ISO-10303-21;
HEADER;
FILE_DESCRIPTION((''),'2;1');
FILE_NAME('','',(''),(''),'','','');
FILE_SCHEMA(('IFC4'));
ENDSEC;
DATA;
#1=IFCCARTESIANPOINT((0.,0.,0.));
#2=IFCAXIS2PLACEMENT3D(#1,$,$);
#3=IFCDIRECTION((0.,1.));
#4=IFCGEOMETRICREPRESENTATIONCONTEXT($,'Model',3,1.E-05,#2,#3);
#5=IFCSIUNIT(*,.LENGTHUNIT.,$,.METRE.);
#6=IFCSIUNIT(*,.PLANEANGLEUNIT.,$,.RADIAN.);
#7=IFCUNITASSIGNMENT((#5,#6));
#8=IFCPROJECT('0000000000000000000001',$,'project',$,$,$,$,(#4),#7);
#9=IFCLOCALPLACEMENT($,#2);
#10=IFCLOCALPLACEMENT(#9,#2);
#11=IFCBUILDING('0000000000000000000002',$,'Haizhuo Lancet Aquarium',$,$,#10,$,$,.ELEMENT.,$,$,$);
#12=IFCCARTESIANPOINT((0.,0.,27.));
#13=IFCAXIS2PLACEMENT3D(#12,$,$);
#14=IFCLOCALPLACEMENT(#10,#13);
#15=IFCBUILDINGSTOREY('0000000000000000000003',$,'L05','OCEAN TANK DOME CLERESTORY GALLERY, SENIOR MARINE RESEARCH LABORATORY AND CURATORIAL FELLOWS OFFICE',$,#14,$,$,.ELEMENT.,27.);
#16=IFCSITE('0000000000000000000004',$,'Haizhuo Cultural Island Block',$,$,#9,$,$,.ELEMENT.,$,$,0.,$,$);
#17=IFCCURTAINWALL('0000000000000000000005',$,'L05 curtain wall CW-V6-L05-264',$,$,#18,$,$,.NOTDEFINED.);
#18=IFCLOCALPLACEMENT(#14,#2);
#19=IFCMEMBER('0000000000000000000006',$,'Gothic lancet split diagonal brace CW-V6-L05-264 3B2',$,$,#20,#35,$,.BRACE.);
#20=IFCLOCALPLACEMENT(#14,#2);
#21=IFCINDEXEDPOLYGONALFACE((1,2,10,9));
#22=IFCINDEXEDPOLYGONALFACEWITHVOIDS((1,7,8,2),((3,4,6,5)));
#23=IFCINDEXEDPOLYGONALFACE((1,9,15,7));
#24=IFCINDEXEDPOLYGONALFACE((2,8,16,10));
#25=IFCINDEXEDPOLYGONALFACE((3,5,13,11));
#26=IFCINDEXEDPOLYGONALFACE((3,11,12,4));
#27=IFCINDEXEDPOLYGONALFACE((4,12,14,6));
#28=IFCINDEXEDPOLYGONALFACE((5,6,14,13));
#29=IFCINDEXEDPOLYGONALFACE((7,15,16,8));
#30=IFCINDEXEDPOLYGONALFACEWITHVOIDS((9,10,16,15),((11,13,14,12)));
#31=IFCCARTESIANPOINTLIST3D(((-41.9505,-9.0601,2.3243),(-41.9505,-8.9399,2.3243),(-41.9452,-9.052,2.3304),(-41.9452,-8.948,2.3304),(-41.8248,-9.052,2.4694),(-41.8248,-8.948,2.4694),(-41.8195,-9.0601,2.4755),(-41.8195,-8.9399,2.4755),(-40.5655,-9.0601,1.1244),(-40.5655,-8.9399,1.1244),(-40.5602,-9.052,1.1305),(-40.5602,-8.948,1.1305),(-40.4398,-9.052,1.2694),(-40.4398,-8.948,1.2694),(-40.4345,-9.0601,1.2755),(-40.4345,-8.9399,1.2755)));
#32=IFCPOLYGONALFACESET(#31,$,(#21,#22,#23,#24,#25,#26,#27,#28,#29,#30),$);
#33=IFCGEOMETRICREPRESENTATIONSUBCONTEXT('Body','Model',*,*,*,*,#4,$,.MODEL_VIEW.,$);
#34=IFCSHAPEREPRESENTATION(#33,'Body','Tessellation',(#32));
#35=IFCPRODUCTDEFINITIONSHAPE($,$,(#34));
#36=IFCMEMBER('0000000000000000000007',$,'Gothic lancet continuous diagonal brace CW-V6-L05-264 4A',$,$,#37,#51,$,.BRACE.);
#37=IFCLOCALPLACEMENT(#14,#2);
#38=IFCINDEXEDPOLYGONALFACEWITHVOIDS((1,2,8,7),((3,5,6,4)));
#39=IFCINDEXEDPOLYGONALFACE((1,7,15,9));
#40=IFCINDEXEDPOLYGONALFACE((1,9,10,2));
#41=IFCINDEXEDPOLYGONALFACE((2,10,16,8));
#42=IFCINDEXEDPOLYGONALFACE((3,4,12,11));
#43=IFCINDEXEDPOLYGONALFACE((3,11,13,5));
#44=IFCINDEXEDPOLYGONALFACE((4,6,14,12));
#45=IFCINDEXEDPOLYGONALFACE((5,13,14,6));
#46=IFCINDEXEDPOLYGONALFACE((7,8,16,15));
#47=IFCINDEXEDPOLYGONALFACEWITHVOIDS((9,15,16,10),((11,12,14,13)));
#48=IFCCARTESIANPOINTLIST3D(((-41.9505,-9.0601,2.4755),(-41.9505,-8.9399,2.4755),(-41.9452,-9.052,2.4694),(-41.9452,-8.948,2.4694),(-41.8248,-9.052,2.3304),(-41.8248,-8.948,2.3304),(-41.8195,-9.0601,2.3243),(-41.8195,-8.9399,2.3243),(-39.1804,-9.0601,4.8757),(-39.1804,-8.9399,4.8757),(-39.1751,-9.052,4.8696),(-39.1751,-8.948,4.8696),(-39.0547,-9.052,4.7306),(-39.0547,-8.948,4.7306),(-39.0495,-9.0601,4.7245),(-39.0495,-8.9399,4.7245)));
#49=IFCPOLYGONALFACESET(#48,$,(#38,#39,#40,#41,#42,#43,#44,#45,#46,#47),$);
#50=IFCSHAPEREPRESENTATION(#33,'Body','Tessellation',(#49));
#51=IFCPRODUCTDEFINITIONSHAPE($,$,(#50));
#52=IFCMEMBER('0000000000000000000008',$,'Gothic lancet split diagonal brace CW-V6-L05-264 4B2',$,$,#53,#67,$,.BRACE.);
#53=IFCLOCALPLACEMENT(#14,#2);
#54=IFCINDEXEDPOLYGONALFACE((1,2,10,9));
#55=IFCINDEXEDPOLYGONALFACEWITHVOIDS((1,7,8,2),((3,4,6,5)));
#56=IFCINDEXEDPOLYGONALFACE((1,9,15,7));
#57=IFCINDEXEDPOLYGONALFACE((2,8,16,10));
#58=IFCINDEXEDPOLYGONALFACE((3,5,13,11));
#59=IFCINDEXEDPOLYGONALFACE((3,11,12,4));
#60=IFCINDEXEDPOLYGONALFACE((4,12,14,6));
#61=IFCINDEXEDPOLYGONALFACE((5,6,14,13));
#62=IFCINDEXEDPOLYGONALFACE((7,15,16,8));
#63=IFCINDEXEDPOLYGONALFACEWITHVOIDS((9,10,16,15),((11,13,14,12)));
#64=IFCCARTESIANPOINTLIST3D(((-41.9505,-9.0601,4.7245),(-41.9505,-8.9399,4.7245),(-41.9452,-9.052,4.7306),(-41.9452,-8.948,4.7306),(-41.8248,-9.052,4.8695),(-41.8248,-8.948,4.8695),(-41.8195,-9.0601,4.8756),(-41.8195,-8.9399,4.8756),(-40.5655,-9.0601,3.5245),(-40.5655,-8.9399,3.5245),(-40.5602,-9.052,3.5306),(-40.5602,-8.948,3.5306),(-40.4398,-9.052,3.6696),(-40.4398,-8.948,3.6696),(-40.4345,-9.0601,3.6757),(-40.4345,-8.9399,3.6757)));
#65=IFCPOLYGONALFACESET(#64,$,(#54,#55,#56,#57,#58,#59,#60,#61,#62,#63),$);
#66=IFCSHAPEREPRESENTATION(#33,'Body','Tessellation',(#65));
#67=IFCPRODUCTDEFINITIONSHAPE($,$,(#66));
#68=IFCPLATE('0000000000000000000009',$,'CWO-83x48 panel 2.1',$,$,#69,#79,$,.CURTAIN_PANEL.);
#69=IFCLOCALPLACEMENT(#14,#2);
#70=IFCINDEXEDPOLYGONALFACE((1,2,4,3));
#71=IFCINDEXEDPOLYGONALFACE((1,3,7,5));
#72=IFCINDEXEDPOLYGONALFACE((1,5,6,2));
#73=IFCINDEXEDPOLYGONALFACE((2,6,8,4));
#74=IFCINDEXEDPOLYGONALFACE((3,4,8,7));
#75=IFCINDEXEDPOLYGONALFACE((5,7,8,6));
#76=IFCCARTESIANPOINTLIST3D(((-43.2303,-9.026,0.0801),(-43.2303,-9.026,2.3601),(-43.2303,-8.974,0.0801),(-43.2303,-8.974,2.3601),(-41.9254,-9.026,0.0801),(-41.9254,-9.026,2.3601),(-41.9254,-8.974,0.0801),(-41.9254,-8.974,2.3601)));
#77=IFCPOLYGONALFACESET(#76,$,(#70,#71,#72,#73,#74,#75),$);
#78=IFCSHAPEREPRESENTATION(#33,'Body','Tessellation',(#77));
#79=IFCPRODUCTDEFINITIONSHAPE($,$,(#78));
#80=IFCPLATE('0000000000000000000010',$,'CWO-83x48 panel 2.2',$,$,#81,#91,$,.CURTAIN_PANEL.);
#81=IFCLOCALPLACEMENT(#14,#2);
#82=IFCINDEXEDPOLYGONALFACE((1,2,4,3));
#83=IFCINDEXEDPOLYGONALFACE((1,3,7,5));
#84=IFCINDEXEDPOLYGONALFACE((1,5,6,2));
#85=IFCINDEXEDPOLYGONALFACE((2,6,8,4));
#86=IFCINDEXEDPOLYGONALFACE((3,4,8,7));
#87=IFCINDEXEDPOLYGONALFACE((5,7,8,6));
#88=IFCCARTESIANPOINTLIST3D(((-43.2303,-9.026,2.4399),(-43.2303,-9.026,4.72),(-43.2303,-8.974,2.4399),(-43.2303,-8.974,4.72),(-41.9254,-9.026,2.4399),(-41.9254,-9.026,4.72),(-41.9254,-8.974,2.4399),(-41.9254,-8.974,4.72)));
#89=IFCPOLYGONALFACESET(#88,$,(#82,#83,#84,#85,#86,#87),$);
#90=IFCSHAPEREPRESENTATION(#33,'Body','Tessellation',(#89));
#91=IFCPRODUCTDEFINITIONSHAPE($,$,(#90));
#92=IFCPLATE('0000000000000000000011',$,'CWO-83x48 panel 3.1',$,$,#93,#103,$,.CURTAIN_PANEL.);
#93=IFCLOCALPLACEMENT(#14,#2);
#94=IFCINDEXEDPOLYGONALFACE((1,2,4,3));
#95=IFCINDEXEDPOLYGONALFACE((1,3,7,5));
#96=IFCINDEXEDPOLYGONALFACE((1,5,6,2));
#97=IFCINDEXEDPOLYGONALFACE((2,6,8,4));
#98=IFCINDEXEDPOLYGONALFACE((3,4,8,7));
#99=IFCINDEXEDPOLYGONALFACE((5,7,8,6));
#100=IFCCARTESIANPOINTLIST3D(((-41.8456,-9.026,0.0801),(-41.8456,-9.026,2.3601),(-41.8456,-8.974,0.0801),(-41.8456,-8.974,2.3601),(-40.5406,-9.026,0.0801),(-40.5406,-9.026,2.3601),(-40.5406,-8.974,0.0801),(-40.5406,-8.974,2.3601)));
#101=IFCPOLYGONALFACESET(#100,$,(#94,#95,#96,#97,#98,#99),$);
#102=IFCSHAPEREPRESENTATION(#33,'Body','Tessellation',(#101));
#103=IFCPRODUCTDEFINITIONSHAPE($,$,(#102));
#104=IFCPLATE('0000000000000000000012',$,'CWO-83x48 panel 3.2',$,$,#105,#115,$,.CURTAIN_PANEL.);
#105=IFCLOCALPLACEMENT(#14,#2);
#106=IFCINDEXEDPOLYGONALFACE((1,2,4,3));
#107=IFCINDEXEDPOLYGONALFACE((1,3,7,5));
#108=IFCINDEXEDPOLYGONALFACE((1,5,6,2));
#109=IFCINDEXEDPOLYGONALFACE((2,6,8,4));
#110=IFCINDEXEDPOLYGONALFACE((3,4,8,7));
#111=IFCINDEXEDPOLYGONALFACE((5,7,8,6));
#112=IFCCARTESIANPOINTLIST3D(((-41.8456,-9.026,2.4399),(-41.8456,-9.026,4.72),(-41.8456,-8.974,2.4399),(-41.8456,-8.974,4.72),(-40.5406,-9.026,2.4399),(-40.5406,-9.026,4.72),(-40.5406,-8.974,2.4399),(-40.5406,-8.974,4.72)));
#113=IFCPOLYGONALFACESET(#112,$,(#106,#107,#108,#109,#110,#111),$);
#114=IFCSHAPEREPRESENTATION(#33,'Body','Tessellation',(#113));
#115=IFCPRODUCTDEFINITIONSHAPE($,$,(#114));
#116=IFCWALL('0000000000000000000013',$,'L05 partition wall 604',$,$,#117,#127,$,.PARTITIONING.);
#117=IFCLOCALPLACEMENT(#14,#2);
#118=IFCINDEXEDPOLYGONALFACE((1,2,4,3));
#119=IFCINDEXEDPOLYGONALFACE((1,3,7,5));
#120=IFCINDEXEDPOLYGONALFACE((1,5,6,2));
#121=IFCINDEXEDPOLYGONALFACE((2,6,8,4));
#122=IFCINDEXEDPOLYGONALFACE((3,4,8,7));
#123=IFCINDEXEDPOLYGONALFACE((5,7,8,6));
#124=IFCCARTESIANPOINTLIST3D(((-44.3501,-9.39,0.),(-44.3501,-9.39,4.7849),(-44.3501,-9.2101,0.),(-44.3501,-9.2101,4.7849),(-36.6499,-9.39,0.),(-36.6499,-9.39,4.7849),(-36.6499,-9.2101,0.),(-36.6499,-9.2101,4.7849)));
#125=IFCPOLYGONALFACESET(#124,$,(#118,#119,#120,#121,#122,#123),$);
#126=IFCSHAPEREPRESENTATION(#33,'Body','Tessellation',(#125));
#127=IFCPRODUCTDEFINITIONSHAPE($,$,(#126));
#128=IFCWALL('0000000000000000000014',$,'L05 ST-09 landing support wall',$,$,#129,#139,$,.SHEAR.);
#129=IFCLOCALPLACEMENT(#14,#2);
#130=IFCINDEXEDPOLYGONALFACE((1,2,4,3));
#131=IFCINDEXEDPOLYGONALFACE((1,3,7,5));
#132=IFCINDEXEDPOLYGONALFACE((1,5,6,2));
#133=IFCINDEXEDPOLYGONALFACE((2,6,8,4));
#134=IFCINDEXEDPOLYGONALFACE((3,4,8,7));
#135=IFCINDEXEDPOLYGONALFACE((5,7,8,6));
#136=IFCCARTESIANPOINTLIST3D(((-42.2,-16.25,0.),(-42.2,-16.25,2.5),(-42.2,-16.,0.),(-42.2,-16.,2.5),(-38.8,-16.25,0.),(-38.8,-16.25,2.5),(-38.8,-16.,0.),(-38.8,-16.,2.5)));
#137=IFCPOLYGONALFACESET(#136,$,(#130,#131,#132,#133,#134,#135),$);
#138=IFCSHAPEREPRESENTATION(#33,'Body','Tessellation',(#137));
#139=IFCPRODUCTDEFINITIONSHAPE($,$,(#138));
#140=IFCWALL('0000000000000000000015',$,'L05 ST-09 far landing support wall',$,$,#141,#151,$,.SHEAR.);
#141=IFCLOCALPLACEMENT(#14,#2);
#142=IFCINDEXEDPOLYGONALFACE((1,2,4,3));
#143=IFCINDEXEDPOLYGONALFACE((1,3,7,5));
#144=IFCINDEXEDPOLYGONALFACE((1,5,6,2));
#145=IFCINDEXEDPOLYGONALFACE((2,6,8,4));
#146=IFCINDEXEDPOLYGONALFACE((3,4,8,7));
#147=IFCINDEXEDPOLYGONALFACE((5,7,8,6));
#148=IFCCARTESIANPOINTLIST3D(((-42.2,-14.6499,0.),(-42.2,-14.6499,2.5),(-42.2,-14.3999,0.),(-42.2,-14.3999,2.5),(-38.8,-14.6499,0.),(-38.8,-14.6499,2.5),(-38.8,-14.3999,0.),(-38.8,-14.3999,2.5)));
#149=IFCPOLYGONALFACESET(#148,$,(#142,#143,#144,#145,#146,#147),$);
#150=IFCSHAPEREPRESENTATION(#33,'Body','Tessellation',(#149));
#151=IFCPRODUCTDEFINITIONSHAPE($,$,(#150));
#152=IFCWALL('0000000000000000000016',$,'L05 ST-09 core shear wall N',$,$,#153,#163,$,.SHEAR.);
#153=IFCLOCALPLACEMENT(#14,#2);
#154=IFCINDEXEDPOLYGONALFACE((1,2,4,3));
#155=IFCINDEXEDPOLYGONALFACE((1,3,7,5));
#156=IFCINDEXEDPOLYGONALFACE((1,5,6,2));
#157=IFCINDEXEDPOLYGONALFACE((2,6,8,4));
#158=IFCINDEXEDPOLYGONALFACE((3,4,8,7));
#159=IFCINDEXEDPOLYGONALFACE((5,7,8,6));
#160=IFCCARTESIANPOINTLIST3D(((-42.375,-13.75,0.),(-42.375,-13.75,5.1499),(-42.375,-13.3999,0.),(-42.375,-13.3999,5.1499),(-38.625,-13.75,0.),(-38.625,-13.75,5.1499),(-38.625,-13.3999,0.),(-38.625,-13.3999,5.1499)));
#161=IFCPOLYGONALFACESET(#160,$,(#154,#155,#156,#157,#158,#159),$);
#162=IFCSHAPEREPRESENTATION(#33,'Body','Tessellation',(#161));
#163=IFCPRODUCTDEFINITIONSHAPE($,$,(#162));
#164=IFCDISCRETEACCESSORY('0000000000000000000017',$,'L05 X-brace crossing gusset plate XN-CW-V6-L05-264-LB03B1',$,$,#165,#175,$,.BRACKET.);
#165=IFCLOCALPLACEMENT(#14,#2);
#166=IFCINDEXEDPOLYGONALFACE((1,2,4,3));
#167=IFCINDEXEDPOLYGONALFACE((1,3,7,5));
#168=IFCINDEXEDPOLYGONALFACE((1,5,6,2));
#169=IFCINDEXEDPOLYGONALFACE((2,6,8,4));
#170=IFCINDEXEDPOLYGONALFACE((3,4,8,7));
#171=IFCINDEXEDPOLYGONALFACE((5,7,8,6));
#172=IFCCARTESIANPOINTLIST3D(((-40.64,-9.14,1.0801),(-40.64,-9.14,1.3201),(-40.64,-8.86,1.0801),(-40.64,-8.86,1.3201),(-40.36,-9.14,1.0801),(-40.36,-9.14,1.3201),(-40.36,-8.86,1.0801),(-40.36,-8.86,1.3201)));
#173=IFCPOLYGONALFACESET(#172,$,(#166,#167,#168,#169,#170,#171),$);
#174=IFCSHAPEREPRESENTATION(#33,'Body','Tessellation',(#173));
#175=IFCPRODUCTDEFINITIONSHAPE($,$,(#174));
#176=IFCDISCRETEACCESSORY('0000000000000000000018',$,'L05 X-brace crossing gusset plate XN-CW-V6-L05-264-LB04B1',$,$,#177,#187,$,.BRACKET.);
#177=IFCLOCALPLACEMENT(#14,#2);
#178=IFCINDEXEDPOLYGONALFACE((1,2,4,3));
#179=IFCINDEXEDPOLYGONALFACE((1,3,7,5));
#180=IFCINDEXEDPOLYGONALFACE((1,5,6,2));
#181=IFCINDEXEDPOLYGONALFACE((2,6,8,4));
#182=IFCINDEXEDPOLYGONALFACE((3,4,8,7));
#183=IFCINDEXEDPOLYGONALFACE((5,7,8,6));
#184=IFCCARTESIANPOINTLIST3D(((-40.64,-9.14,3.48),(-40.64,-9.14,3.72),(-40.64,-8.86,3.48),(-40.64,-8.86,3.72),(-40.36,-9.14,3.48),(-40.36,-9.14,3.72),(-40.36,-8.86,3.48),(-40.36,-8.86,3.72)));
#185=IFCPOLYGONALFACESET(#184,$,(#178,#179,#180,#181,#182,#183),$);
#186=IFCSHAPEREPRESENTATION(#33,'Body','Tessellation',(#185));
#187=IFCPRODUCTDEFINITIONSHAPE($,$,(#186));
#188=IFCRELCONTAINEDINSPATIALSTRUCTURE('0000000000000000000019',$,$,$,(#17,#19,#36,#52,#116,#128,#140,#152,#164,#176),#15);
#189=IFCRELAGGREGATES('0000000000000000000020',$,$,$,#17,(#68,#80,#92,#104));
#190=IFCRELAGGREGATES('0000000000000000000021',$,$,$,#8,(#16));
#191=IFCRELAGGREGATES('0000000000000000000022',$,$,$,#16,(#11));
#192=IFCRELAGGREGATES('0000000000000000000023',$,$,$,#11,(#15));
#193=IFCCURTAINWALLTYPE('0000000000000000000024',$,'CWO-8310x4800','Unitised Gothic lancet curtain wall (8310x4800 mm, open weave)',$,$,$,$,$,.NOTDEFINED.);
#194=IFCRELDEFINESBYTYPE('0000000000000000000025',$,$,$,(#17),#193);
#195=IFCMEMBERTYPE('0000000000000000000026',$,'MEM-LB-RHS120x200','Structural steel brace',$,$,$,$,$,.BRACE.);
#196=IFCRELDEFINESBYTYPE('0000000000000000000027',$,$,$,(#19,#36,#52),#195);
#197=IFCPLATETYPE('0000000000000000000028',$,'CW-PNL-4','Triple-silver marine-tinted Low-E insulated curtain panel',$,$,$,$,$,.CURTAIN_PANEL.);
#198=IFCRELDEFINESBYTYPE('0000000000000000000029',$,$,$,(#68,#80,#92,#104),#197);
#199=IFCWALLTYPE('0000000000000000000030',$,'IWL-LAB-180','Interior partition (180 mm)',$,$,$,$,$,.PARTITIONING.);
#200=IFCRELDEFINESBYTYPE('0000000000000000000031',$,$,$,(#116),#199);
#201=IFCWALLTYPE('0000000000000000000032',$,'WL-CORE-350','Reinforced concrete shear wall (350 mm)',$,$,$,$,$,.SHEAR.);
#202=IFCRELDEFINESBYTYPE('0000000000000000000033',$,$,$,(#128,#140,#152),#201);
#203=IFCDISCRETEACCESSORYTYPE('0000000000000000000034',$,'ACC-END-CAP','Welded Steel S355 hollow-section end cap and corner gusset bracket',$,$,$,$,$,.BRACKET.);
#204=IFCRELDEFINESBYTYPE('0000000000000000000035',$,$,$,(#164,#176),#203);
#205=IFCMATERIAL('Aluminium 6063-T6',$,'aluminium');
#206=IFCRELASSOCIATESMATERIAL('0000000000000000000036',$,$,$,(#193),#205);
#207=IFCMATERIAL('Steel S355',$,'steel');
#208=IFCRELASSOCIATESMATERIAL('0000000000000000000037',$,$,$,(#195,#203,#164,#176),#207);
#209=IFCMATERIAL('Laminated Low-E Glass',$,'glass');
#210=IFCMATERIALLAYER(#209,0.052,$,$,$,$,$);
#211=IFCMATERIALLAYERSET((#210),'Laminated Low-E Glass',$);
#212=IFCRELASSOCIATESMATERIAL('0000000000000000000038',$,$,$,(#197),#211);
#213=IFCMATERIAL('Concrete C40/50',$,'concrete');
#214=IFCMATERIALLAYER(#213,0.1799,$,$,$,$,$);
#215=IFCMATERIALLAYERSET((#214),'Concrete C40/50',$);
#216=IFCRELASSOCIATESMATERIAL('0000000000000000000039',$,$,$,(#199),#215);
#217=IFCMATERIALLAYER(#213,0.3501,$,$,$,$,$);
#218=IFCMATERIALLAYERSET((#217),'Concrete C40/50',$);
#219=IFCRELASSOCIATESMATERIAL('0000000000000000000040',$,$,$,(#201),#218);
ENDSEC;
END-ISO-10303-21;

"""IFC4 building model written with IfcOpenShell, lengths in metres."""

from ifc_helpers import new_model, si_unit, direction, frame, frame_2d, origin, origin_2d, place, context, subcontext, project, spatial, rectangle, hollow_rectangle, extrude, material, layer, layer_set, material_profile, profile_set, type_object, element, aggregate, save


model = new_model("IFC4")

# Units and contexts
model_context = context("Model", 3, precision=1e-05, world=origin(), true_north=direction((0.0, 1.0)))
body_context = subcontext(model_context, "Body", "Model", "MODEL_VIEW")
ifc_project = project(units=[si_unit("LENGTHUNIT", "METRE"), si_unit("PLANEANGLEUNIT", "RADIAN")], contexts=[model_context])

# Site, building, storey
site_placement = place(None, origin())
site = spatial("IfcSite", under=ifc_project, at=site_placement, Name="Haizhuo Cultural Island Block", CompositionType="ELEMENT", RefElevation=0.0)
building_placement = place(site_placement, origin())
building = spatial("IfcBuilding", under=site, at=building_placement, Name="Haizhuo Lancet Aquarium", CompositionType="ELEMENT")
storey_placement = place(building_placement, frame((0.0, 0.0, 27.0)))
storey = spatial("IfcBuildingStorey", under=building, at=storey_placement, Name="L05", Description="OCEAN TANK DOME CLERESTORY GALLERY, SENIOR MARINE RESEARCH LABORATORY AND CURATORIAL FELLOWS OFFICE", CompositionType="ELEMENT", Elevation=27.0)

# Curtain wall
ifc_material_1 = material(Name="Aluminium 6063-T6", Category="aluminium")
curtain_wall_type = type_object("IfcCurtainWallType", Name="CWO-8310x4800", Description="Unitised Gothic lancet curtain wall (8310x4800 mm, open weave)", PredefinedType="NOTDEFINED", material=ifc_material_1)
curtain_wall_placement = place(storey_placement, origin())
curtain_wall = element("IfcCurtainWall", 1, at=curtain_wall_placement, inside=storey, type_object=curtain_wall_type, Name="L05 curtain wall CW-V6-L05-264", PredefinedType="NOTDEFINED")

# Members
ifc_material_2 = material(Name="Steel S355", Category="steel")
ifc_material_profile_1 = material_profile(ifc_material_2, hollow_rectangle(XDim=0.1201, YDim=0.2, WallThickness=0.0081, at=origin_2d()), Name="RHS 120x200x8")
ifc_profile_set_1 = profile_set([ifc_material_profile_1], Name="Steel S355")
member_type_1 = type_object("IfcMemberType", Name="MEM-LB-RHS120x200", Description="Structural steel brace", PredefinedType="BRACE", material=ifc_profile_set_1)
member_1_placement = place(storey_placement, frame((-40.5, -9.0, 1.2), z_axis=(-0.755795, 0.0, 0.654809), x_axis=(0.0, -1.0, 0.0)))
element("IfcMember", 2, at=member_1_placement, inside=storey, type_object=member_type_1, Name="Gothic lancet split diagonal brace CW-V6-L05-264 3B2", PredefinedType="BRACE", context=body_context, shape_type="SweptSolid", body=[
    extrude(hollow_rectangle(XDim=0.1201, YDim=0.2, WallThickness=0.0081, at=origin_2d()), origin(), (0.0, 0.0, 1.0), 1.8325),
])
member_2_placement = place(storey_placement, frame((-41.885, -9.0, 2.3999), z_axis=(0.755762, 0.0, 0.654847), x_axis=(0.0, 1.0, 0.0)))
element("IfcMember", 3, at=member_2_placement, inside=storey, type_object=member_type_1, Name="Gothic lancet continuous diagonal brace CW-V6-L05-264 4A", PredefinedType="BRACE", context=body_context, shape_type="SweptSolid", body=[
    extrude(hollow_rectangle(XDim=0.1201, YDim=0.2, WallThickness=0.0081, at=origin_2d()), origin(), (0.0, 0.0, 1.0), 3.6653),
])
member_3_placement = place(storey_placement, frame((-40.5, -9.0, 3.6001), z_axis=(-0.755795, 0.0, 0.654809), x_axis=(0.0, -1.0, 0.0)))
element("IfcMember", 4, at=member_3_placement, inside=storey, type_object=member_type_1, Name="Gothic lancet split diagonal brace CW-V6-L05-264 4B2", PredefinedType="BRACE", context=body_context, shape_type="SweptSolid", body=[
    extrude(hollow_rectangle(XDim=0.1201, YDim=0.2, WallThickness=0.0081, at=origin_2d()), origin(), (0.0, 0.0, 1.0), 1.8325),
])

# Plates
ifc_material_3 = material(Name="Laminated Low-E Glass", Category="glass")
ifc_layer_1 = layer(ifc_material_3, 0.052)
ifc_layer_set_1 = layer_set([ifc_layer_1], Name="Laminated Low-E Glass")
plate_type = type_object("IfcPlateType", Name="CW-PNL-4", Description="Triple-silver marine-tinted Low-E insulated curtain panel", PredefinedType="CURTAIN_PANEL", material=ifc_layer_set_1)
plate_1_placement = place(storey_placement, frame((-42.5779, -9.0, 0.0801), z_axis=(0.0, 0.0, 1.0), x_axis=(1.0, 0.0, 0.0)))
plate_1 = element("IfcPlate", 5, at=plate_1_placement, type_object=plate_type, Name="CWO-83x48 panel 2.1", PredefinedType="CURTAIN_PANEL", context=body_context, shape_type="SweptSolid", body=[
    extrude(rectangle(XDim=1.3049, YDim=0.052, at=origin_2d()), origin(), (0.0, 0.0, 1.0), 2.28),
])
plate_2_placement = place(storey_placement, frame((-42.5779, -9.0, 2.4399), z_axis=(0.0, 0.0, 1.0), x_axis=(1.0, 0.0, 0.0)))
plate_2 = element("IfcPlate", 6, at=plate_2_placement, type_object=plate_type, Name="CWO-83x48 panel 2.2", PredefinedType="CURTAIN_PANEL", context=body_context, shape_type="SweptSolid", body=[
    extrude(rectangle(XDim=1.3049, YDim=0.052, at=origin_2d()), origin(), (0.0, 0.0, 1.0), 2.28),
])
plate_3_placement = place(storey_placement, frame((-41.1931, -9.0, 0.0801), z_axis=(0.0, 0.0, 1.0), x_axis=(1.0, 0.0, 0.0)))
plate_3 = element("IfcPlate", 7, at=plate_3_placement, type_object=plate_type, Name="CWO-83x48 panel 3.1", PredefinedType="CURTAIN_PANEL", context=body_context, shape_type="SweptSolid", body=[
    extrude(rectangle(XDim=1.3049, YDim=0.052, at=origin_2d()), origin(), (0.0, 0.0, 1.0), 2.28),
])
plate_4_placement = place(storey_placement, frame((-41.1931, -9.0, 2.4399), z_axis=(0.0, 0.0, 1.0), x_axis=(1.0, 0.0, 0.0)))
plate_4 = element("IfcPlate", 8, at=plate_4_placement, type_object=plate_type, Name="CWO-83x48 panel 3.2", PredefinedType="CURTAIN_PANEL", context=body_context, shape_type="SweptSolid", body=[
    extrude(rectangle(XDim=1.3049, YDim=0.052, at=origin_2d()), origin(), (0.0, 0.0, 1.0), 2.28),
])
aggregate(curtain_wall, [plate_1, plate_2, plate_3, plate_4])

# Walls
ifc_material_4 = material(Name="Concrete C40/50", Category="concrete")
ifc_layer_2 = layer(ifc_material_4, 0.1799)
ifc_layer_set_2 = layer_set([ifc_layer_2], Name="Concrete C40/50")
wall_type_1 = type_object("IfcWallType", Name="IWL-LAB-180", Description="Interior partition (180 mm)", PredefinedType="PARTITIONING", material=ifc_layer_set_2)
wall_1_placement = place(storey_placement, frame((-36.6499, -9.3, 0.0), z_axis=(0.0, 0.0, 1.0), x_axis=(-1.0, 0.0, 0.0)))
element("IfcWall", 9, at=wall_1_placement, inside=storey, type_object=wall_type_1, Name="L05 partition wall 604", PredefinedType="PARTITIONING", context=body_context, shape_type="SweptSolid", body=[
    extrude(rectangle(XDim=7.7002, YDim=0.1799, at=frame_2d((3.8501, 0.0))), origin(), (0.0, 0.0, 1.0), 4.7849),
])
ifc_layer_3 = layer(ifc_material_4, 0.3501)
ifc_layer_set_3 = layer_set([ifc_layer_3], Name="Concrete C40/50")
wall_type_2 = type_object("IfcWallType", Name="WL-CORE-350", Description="Reinforced concrete shear wall (350 mm)", PredefinedType="SHEAR", material=ifc_layer_set_3)
for number, where, z_axis, x_axis, name in (
    (10, (-42.2, -16.125, 0.0), (0.0, 0.0, 1.0), (1.0, 0.0, 0.0), "L05 ST-09 landing support wall"),
    (11, (-42.2, -14.5249, 0.0), (0.0, 0.0, 1.0), (1.0, 0.0, 0.0), "L05 ST-09 far landing support wall"),
):
    element("IfcWall", number, at=place(storey_placement, frame(where, z_axis=z_axis, x_axis=x_axis)), inside=storey, type_object=wall_type_2, Name=name, PredefinedType="SHEAR", context=body_context, shape_type="SweptSolid", body=[
        extrude(rectangle(XDim=3.3999, YDim=0.25, at=frame_2d((1.7, 0.0))), origin(), (0.0, 0.0, 1.0), 2.5),
    ])
wall_2_placement = place(storey_placement, frame((-42.375, -13.575, 0.0), z_axis=(0.0, 0.0, 1.0), x_axis=(1.0, 0.0, 0.0)))
element("IfcWall", 12, at=wall_2_placement, inside=storey, type_object=wall_type_2, Name="L05 ST-09 core shear wall N", PredefinedType="SHEAR", context=body_context, shape_type="SweptSolid", body=[
    extrude(rectangle(XDim=3.75, YDim=0.3501, at=frame_2d((1.875, 0.0))), origin(), (0.0, 0.0, 1.0), 5.1499),
])

# Discrete accessories
discrete_accessory_type = type_object("IfcDiscreteAccessoryType", Name="ACC-END-CAP", Description="Welded Steel S355 hollow-section end cap and corner gusset bracket", PredefinedType="BRACKET", material=ifc_material_2)
for number, where, z_axis, x_axis, name in (
    (13, (-40.5, -9.0, 1.0801), (0.0, 0.0, 1.0), (1.0, 0.0, 0.0), "L05 X-brace crossing gusset plate XN-CW-V6-L05-264-LB03B1"),
    (14, (-40.5, -9.0, 3.48), (0.0, 0.0, 1.0), (1.0, 0.0, 0.0), "L05 X-brace crossing gusset plate XN-CW-V6-L05-264-LB04B1"),
):
    element("IfcDiscreteAccessory", number, at=place(storey_placement, frame(where, z_axis=z_axis, x_axis=x_axis)), inside=storey, type_object=discrete_accessory_type, material=ifc_material_2, Name=name, PredefinedType="BRACKET", context=body_context, shape_type="SweptSolid", body=[
        extrude(rectangle(XDim=0.28, YDim=0.28, at=origin_2d()), origin(), (0.0, 0.0, 1.0), 0.24),
    ])

save(model, "model.ifc")
